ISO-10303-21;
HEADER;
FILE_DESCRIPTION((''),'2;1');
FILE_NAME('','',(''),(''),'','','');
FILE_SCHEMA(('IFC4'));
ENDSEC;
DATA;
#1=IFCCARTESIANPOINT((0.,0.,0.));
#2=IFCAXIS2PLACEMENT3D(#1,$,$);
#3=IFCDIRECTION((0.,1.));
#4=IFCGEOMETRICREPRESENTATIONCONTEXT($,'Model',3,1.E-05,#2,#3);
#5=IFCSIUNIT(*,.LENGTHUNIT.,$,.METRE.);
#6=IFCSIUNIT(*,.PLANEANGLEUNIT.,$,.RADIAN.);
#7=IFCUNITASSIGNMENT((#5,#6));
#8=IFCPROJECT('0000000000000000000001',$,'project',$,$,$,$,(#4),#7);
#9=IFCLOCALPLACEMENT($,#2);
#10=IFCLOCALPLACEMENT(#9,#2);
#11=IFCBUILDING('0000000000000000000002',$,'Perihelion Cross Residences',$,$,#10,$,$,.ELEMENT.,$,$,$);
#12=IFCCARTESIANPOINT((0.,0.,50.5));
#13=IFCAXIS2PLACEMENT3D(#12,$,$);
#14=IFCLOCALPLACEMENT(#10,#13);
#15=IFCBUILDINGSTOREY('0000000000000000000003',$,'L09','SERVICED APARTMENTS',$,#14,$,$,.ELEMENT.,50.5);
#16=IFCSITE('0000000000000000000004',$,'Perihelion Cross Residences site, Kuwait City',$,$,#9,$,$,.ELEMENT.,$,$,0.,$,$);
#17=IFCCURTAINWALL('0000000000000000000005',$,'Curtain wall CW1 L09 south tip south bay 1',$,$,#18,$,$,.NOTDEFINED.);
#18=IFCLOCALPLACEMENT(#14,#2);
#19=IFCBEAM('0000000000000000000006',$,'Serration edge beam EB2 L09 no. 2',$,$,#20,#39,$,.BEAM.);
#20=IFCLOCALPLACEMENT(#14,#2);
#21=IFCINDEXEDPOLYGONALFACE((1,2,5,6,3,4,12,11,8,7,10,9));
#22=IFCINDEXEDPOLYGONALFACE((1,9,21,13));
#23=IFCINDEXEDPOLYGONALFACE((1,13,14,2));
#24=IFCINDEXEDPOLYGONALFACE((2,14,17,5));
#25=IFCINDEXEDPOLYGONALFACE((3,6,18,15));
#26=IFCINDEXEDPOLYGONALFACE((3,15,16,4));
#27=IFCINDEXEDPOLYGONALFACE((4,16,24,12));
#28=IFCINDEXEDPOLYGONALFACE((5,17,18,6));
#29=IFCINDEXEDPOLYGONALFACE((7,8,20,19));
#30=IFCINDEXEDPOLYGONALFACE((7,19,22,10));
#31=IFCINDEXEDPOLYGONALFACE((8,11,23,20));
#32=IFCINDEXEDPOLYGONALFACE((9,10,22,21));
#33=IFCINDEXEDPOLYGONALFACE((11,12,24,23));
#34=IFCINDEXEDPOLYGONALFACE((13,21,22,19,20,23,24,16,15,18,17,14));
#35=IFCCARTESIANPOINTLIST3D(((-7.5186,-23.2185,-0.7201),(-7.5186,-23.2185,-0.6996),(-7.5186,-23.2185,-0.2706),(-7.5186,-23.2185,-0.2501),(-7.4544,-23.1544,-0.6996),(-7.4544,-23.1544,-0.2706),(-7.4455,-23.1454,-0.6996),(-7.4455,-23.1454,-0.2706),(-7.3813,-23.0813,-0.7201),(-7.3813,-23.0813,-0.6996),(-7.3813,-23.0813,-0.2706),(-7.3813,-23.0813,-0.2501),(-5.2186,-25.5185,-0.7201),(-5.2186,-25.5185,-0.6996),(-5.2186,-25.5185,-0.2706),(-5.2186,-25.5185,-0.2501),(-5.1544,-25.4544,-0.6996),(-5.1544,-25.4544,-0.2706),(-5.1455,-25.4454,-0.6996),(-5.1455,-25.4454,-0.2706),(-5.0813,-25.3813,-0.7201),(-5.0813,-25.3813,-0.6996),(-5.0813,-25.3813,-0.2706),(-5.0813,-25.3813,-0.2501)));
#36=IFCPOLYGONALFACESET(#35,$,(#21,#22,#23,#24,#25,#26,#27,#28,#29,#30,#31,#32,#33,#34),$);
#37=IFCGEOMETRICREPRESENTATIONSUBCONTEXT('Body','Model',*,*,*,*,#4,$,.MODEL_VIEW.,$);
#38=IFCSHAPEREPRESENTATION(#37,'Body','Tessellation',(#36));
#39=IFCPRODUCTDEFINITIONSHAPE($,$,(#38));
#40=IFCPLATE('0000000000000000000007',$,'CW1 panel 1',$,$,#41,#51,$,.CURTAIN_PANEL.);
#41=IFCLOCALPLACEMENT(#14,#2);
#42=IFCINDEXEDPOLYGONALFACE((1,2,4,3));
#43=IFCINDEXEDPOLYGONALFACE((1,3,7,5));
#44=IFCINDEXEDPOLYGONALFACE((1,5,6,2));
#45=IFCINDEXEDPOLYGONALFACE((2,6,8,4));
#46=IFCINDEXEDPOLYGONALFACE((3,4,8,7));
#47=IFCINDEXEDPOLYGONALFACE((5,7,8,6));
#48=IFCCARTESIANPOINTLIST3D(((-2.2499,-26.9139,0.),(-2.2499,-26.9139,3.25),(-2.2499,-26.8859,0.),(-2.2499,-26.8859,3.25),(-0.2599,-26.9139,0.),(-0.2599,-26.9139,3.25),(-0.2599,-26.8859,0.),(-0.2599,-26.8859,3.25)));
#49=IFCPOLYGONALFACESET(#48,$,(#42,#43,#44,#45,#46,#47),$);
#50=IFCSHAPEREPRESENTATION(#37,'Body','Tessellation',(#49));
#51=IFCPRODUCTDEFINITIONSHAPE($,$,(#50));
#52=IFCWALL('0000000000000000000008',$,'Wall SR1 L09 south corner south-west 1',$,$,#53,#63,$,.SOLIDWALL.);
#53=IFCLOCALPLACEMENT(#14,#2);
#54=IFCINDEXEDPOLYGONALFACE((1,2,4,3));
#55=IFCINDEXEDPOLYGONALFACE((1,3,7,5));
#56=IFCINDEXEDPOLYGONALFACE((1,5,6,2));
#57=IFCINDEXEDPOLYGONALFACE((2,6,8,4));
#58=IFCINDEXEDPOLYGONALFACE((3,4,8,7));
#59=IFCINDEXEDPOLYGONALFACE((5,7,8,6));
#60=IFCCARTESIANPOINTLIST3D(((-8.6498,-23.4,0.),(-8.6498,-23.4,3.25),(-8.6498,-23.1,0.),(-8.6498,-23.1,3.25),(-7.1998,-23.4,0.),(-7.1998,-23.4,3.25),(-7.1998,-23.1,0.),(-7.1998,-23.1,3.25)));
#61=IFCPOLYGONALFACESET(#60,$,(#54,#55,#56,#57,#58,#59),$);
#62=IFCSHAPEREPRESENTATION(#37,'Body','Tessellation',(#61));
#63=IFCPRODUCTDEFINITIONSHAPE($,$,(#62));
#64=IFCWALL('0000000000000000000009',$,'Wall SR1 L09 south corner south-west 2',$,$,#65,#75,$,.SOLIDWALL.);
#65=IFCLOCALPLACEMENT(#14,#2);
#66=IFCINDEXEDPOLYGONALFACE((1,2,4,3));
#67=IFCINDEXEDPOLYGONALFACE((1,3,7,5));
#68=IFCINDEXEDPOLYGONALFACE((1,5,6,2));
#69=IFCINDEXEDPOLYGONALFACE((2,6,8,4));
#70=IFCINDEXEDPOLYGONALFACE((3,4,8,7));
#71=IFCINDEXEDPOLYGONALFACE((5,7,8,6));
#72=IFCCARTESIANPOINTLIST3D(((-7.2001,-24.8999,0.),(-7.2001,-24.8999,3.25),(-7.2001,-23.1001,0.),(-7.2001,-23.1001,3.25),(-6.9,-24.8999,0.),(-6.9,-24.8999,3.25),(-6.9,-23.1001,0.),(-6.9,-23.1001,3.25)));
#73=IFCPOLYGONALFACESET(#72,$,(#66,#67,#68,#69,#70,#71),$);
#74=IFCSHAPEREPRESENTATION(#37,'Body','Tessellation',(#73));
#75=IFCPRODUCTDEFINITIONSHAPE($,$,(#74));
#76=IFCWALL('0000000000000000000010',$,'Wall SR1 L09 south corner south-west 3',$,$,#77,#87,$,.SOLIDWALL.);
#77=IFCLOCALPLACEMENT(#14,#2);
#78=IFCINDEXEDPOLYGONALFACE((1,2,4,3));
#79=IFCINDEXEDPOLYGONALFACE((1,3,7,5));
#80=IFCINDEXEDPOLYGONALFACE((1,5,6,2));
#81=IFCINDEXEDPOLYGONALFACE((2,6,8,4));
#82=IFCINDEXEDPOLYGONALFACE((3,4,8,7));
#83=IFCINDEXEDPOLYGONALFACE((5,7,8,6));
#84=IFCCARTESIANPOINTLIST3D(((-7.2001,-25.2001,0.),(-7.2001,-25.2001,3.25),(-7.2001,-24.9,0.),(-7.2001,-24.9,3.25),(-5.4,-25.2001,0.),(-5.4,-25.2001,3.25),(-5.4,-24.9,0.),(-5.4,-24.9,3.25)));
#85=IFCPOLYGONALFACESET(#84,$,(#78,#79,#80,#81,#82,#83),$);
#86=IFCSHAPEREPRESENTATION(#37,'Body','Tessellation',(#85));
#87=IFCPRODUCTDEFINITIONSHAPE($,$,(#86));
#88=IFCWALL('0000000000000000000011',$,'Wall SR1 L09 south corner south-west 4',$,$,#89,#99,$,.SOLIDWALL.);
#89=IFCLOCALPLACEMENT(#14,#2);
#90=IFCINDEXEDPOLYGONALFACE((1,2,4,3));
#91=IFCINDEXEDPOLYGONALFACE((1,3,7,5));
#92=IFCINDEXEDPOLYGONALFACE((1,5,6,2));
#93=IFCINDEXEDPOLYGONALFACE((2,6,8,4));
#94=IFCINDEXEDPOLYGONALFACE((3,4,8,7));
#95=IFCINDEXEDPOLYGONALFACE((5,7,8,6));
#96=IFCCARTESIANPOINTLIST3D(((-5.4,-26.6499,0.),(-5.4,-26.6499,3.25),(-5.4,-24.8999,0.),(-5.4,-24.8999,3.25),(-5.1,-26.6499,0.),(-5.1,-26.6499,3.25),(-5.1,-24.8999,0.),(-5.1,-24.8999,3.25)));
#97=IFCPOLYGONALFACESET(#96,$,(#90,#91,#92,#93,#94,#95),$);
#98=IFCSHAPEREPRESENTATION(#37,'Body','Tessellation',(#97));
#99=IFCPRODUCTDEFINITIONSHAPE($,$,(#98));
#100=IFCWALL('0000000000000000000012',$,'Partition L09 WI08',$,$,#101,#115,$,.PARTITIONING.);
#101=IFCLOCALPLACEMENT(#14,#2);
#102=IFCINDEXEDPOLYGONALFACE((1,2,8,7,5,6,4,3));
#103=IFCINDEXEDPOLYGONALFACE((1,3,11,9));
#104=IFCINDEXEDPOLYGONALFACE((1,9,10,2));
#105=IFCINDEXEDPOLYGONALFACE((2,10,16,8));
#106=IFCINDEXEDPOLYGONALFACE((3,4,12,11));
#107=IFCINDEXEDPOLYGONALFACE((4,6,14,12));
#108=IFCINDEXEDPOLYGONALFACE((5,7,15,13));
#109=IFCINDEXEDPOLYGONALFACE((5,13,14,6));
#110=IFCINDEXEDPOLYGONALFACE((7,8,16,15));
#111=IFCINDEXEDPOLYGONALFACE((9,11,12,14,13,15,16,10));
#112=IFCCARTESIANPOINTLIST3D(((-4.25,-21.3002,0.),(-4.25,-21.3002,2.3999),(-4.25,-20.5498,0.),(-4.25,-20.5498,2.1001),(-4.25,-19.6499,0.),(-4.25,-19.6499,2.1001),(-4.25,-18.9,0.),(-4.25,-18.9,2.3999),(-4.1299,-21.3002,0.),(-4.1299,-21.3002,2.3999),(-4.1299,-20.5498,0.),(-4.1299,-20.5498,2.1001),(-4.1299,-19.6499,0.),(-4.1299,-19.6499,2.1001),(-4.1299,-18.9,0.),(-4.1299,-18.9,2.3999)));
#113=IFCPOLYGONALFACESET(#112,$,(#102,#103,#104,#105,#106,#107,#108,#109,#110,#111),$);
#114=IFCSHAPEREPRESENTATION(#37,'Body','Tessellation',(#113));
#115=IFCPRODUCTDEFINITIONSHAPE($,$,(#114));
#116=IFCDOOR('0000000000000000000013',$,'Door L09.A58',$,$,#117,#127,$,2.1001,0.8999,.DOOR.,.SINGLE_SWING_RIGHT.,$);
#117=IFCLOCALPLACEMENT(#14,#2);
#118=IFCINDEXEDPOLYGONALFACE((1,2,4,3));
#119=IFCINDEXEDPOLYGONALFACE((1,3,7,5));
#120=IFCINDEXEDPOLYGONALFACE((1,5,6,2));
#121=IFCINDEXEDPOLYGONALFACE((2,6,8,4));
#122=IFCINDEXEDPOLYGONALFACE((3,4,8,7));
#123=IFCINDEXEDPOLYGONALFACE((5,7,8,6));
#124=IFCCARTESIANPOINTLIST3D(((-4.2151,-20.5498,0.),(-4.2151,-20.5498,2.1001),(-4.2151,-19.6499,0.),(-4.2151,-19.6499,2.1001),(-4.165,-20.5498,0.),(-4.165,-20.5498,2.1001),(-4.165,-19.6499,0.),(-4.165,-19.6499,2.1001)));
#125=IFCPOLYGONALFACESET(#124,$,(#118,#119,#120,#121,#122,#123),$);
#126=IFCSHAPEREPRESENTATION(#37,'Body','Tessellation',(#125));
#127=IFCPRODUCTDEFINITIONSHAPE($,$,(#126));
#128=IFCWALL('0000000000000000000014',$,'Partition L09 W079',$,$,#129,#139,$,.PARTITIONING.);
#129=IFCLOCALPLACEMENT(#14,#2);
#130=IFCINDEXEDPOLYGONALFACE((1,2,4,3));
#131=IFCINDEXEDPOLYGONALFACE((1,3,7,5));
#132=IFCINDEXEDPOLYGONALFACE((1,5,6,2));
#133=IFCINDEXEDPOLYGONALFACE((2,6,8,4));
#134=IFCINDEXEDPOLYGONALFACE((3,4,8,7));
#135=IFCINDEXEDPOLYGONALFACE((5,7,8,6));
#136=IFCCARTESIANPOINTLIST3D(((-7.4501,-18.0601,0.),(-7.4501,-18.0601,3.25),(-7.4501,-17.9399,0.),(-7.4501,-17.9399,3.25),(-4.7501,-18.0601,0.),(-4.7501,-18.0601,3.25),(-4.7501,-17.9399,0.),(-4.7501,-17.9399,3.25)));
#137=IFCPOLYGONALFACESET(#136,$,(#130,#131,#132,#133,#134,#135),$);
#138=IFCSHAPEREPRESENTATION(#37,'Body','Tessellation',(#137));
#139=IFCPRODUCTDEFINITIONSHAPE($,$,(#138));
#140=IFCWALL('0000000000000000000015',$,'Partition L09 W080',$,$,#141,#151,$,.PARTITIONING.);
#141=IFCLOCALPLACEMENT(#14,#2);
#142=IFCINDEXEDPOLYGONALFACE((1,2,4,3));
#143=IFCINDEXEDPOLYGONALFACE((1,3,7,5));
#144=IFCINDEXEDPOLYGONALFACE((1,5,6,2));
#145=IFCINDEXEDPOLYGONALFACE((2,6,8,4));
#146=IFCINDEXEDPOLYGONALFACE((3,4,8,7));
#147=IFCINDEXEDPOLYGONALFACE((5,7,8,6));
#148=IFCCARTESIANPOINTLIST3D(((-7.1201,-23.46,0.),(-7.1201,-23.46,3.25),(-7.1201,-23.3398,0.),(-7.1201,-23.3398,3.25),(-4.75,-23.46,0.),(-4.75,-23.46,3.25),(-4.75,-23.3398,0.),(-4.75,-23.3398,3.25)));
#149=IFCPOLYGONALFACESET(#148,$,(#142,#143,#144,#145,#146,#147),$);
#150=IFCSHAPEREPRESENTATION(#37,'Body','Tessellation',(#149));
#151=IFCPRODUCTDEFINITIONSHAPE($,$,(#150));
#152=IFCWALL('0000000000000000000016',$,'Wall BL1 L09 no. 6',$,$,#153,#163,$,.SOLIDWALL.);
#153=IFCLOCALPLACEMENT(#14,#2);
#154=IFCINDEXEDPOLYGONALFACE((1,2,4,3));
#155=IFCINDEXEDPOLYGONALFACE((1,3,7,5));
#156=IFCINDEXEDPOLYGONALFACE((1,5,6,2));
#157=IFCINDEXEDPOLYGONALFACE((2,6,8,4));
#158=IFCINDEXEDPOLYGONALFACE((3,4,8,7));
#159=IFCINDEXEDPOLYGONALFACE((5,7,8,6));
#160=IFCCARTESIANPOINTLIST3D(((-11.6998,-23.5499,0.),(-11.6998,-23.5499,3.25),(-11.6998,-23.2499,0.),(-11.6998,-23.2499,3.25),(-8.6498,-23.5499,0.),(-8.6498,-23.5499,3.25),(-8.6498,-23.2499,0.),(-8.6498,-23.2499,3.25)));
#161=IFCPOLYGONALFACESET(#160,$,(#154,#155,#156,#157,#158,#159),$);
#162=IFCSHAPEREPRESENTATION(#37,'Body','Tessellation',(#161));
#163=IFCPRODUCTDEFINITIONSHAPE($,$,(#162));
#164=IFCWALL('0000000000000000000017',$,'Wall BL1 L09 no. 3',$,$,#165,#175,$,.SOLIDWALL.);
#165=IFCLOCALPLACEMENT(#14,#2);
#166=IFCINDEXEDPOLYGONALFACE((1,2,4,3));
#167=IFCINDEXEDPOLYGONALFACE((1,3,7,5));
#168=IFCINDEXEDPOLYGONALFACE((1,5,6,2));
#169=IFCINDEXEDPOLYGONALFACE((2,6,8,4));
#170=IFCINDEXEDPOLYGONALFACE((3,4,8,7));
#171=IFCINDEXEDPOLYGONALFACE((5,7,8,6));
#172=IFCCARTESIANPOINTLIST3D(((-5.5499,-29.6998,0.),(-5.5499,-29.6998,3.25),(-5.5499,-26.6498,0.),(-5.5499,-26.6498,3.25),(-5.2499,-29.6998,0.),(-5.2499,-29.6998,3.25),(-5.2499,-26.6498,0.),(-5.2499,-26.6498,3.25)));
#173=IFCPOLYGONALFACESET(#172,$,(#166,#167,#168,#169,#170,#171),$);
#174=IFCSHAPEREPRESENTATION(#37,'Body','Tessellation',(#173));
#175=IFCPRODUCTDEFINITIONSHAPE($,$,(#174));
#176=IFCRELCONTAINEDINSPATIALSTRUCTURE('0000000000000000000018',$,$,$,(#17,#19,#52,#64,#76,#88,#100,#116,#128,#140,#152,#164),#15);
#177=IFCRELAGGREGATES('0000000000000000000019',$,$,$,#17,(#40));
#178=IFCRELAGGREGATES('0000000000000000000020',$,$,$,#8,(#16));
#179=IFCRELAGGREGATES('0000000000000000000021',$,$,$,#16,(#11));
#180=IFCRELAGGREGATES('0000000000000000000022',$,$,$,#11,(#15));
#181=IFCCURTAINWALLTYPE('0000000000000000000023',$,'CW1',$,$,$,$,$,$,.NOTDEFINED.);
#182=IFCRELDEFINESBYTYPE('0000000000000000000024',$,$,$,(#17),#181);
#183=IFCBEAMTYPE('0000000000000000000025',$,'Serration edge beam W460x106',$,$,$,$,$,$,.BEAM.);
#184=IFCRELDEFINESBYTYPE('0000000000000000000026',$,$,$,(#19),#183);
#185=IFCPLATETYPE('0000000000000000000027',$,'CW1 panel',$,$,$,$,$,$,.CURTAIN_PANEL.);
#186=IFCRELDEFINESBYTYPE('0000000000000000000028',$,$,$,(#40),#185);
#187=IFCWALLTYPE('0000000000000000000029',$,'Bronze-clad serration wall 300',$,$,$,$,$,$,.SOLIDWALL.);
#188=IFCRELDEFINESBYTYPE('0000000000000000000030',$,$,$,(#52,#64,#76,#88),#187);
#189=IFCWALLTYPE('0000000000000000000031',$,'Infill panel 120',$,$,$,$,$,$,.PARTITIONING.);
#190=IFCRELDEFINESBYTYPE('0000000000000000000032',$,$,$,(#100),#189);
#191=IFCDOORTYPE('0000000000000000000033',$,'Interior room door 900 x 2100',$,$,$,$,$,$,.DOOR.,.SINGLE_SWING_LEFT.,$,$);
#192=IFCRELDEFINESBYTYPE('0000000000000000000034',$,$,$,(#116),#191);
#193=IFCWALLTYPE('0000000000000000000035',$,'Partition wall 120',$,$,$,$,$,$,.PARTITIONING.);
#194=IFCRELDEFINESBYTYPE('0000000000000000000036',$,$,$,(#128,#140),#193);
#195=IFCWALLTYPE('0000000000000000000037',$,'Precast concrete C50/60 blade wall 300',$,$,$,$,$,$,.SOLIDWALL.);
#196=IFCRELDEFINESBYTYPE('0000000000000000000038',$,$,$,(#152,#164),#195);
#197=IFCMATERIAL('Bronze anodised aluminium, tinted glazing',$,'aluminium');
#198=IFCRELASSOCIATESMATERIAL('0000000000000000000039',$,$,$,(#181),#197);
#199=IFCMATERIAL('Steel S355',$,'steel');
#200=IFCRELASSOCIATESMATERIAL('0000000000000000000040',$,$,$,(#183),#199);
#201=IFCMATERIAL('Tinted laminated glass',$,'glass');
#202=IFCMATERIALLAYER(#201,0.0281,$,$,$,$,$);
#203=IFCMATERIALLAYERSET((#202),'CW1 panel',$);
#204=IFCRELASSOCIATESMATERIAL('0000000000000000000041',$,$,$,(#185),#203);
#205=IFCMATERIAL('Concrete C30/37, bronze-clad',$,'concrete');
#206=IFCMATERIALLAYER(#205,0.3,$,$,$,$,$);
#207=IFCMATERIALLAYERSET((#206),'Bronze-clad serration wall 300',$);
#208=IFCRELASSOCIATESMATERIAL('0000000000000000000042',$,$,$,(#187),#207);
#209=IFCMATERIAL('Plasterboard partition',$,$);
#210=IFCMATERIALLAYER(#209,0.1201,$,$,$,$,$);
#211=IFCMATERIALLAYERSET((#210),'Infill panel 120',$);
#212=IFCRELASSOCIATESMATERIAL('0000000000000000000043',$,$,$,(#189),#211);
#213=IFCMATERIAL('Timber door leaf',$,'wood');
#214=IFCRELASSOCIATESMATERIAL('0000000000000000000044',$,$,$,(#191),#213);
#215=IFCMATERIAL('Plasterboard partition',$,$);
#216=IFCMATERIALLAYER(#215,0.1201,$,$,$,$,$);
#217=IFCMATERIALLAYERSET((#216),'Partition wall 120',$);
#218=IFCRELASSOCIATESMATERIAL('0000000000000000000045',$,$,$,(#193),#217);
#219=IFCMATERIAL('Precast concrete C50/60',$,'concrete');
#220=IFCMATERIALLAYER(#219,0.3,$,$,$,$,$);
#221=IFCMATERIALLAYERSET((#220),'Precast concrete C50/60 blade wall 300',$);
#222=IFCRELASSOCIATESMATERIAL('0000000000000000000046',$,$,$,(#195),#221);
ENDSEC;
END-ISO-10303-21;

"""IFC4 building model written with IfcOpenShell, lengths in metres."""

from ifc_helpers import new_model, si_unit, direction, frame, frame_2d, origin, origin_2d, place, context, subcontext, project, spatial, rectangle, i_section, extrude, material, layer, layer_set, material_profile, profile_set, type_object, element, fill, aggregate, save


model = new_model("IFC4")

# Units and contexts
model_context = context("Model", 3, precision=1e-05, world=origin(), true_north=direction((0.0, 1.0)))
body_context = subcontext(model_context, "Body", "Model", "MODEL_VIEW")
ifc_project = project(units=[si_unit("LENGTHUNIT", "METRE"), si_unit("PLANEANGLEUNIT", "RADIAN")], contexts=[model_context])

# Site, building, storey
site_placement = place(None, origin())
site = spatial("IfcSite", under=ifc_project, at=site_placement, Name="Perihelion Cross Residences site, Kuwait City", CompositionType="ELEMENT", RefElevation=0.0)
building_placement = place(site_placement, origin())
building = spatial("IfcBuilding", under=site, at=building_placement, Name="Perihelion Cross Residences", CompositionType="ELEMENT")
storey_placement = place(building_placement, frame((0.0, 0.0, 50.5)))
storey = spatial("IfcBuildingStorey", under=building, at=storey_placement, Name="L09", Description="SERVICED APARTMENTS", CompositionType="ELEMENT", Elevation=50.5)

# Curtain wall
ifc_material_1 = material(Name="Bronze anodised aluminium, tinted glazing", Category="aluminium")
curtain_wall_type = type_object("IfcCurtainWallType", Name="CW1", PredefinedType="NOTDEFINED", material=ifc_material_1)
curtain_wall_placement = place(storey_placement, origin())
curtain_wall = element("IfcCurtainWall", 1, at=curtain_wall_placement, inside=storey, type_object=curtain_wall_type, Name="Curtain wall CW1 L09 south tip south bay 1", PredefinedType="NOTDEFINED")

# Beam
ifc_material_2 = material(Name="Steel S355", Category="steel")
ifc_material_profile_1 = material_profile(ifc_material_2, i_section(OverallWidth=0.1941, OverallDepth=0.47, WebThickness=0.0127, FlangeThickness=0.0205, at=origin_2d()), Name="W460x106")
ifc_profile_set_1 = profile_set([ifc_material_profile_1], Name="Steel S355")
beam_type_1 = type_object("IfcBeamType", Name="Serration edge beam W460x106", PredefinedType="BEAM", material=ifc_profile_set_1)
beam_1_placement = place(storey_placement, frame((-7.45, -23.1499, -0.4851), z_axis=(0.707107, -0.707107, 0.0), x_axis=(0.707107, 0.707107, 0.0)))
element("IfcBeam", 2, at=beam_1_placement, inside=storey, type_object=beam_type_1, Name="Serration edge beam EB2 L09 no. 2", PredefinedType="BEAM", context=body_context, shape_type="SweptSolid", body=[
    extrude(i_section(OverallWidth=0.1941, OverallDepth=0.47, WebThickness=0.0127, FlangeThickness=0.0205, at=origin_2d()), origin(), (0.0, 0.0, 1.0), 3.2527),
])

# Plate
ifc_material_3 = material(Name="Tinted laminated glass", Category="glass")
ifc_layer_1 = layer(ifc_material_3, 0.0281)
ifc_layer_set_1 = layer_set([ifc_layer_1], Name="CW1 panel")
plate_type = type_object("IfcPlateType", Name="CW1 panel", PredefinedType="CURTAIN_PANEL", material=ifc_layer_set_1)
plate_placement = place(storey_placement, frame((-1.2549, -26.8999, 0.0), z_axis=(0.0, 0.0, 1.0), x_axis=(1.0, 0.0, 0.0)))
plate = element("IfcPlate", 3, at=plate_placement, type_object=plate_type, Name="CW1 panel 1", PredefinedType="CURTAIN_PANEL", context=body_context, shape_type="SweptSolid", body=[
    extrude(rectangle(XDim=1.99, YDim=0.0281, at=origin_2d()), origin(), (0.0, 0.0, 1.0), 3.25),
])
aggregate(curtain_wall, [plate])

# Walls
ifc_material_4 = material(Name="Concrete C30/37, bronze-clad", Category="concrete")
ifc_layer_2 = layer(ifc_material_4, 0.3)
ifc_layer_set_2 = layer_set([ifc_layer_2], Name="Bronze-clad serration wall 300")
wall_type_1 = type_object("IfcWallType", Name="Bronze-clad serration wall 300", PredefinedType="SOLIDWALL", material=ifc_layer_set_2)
wall_1_placement = place(storey_placement, frame((-8.6499, -23.25, 0.0), z_axis=(0.0, 0.0, 1.0), x_axis=(1.0, 0.0, 0.0)))
element("IfcWall", 4, at=wall_1_placement, inside=storey, type_object=wall_type_1, Name="Wall SR1 L09 south corner south-west 1", PredefinedType="SOLIDWALL", context=body_context, shape_type="SweptSolid", body=[
    extrude(rectangle(XDim=1.45, YDim=0.3, at=frame_2d((0.7251, 0.0))), origin(), (0.0, 0.0, 1.0), 3.25),
])
wall_2_placement = place(storey_placement, frame((-7.05, -23.1001, 0.0), z_axis=(0.0, 0.0, 1.0), x_axis=(0.0, -1.0, 0.0)))
element("IfcWall", 5, at=wall_2_placement, inside=storey, type_object=wall_type_1, Name="Wall SR1 L09 south corner south-west 2", PredefinedType="SOLIDWALL", context=body_context, shape_type="SweptSolid", body=[
    extrude(rectangle(XDim=1.7998, YDim=0.3, at=frame_2d((0.8999, 0.0))), origin(), (0.0, 0.0, 1.0), 3.25),
])
wall_3_placement = place(storey_placement, frame((-7.2, -25.05, 0.0), z_axis=(0.0, 0.0, 1.0), x_axis=(1.0, 0.0, 0.0)))
element("IfcWall", 6, at=wall_3_placement, inside=storey, type_object=wall_type_1, Name="Wall SR1 L09 south corner south-west 3", PredefinedType="SOLIDWALL", context=body_context, shape_type="SweptSolid", body=[
    extrude(rectangle(XDim=1.8, YDim=0.3, at=frame_2d((0.8999, 0.0))), origin(), (0.0, 0.0, 1.0), 3.25),
])
wall_4_placement = place(storey_placement, frame((-5.25, -24.8999, 0.0), z_axis=(0.0, 0.0, 1.0), x_axis=(0.0, -1.0, 0.0)))
element("IfcWall", 7, at=wall_4_placement, inside=storey, type_object=wall_type_1, Name="Wall SR1 L09 south corner south-west 4", PredefinedType="SOLIDWALL", context=body_context, shape_type="SweptSolid", body=[
    extrude(rectangle(XDim=1.75, YDim=0.3, at=frame_2d((0.875, 0.0))), origin(), (0.0, 0.0, 1.0), 3.25),
])

# Wall, opening, door
ifc_material_5 = material(Name="Plasterboard partition")
ifc_layer_3 = layer(ifc_material_5, 0.1201)
ifc_layer_set_3 = layer_set([ifc_layer_3], Name="Infill panel 120")
wall_type_2 = type_object("IfcWallType", Name="Infill panel 120", PredefinedType="PARTITIONING", material=ifc_layer_set_3)
wall_5_placement = place(storey_placement, frame((-4.1899, -18.8999, 0.0), z_axis=(0.0, 0.0, 1.0), x_axis=(0.0, -1.0, 0.0)))
wall_5 = element("IfcWall", 8, at=wall_5_placement, inside=storey, type_object=wall_type_2, Name="Partition L09 WI08", PredefinedType="PARTITIONING", context=body_context, shape_type="SweptSolid", body=[
    extrude(rectangle(XDim=2.4001, YDim=0.1201, at=frame_2d((1.2002, 0.0))), origin(), (0.0, 0.0, 1.0), 2.3999),
])
opening_1_placement = place(wall_5_placement, frame((0.75, 0.0, 0.0)))
opening_1 = element("IfcOpeningElement", 9, at=opening_1_placement, cuts=wall_5, PredefinedType="OPENING", context=body_context, shape_type="SweptSolid", body=[
    extrude(rectangle(XDim=0.8999, YDim=2.1001, at=frame_2d((0.45, 1.05))), frame((0.0, 0.0701, 0.0), z_axis=(0.0, -1.0, 0.0), x_axis=(1.0, 0.0, 0.0)), (0.0, 0.0, 1.0), 0.1401),
])
ifc_material_6 = material(Name="Timber door leaf", Category="wood")
door_type_1 = type_object("IfcDoorType", Name="Interior room door 900 x 2100", OperationType="SINGLE_SWING_LEFT", PredefinedType="DOOR", material=ifc_material_6)
door_1_placement = place(opening_1_placement, origin())
door_1 = element("IfcDoor", 10, at=door_1_placement, inside=storey, type_object=door_type_1, Name="Door L09.A58", OperationType="SINGLE_SWING_RIGHT", OverallHeight=2.1001, OverallWidth=0.8999, PredefinedType="DOOR", context=body_context, shape_type="SweptSolid", body=[
    extrude(rectangle(XDim=0.8999, YDim=2.1001, at=frame_2d((0.45, 1.05))), frame((0.0, 0.0249, 0.0), z_axis=(0.0, -1.0, 0.0), x_axis=(1.0, 0.0, 0.0)), (0.0, 0.0, 1.0), 0.05),
])
fill(opening_1, door_1)

# Walls
ifc_material_7 = material(Name="Plasterboard partition")
ifc_layer_4 = layer(ifc_material_7, 0.1201)
ifc_layer_set_4 = layer_set([ifc_layer_4], Name="Partition wall 120")
wall_type_3 = type_object("IfcWallType", Name="Partition wall 120", PredefinedType="PARTITIONING", material=ifc_layer_set_4)
wall_6_placement = place(storey_placement, frame((-4.75, -18.0, 0.0), z_axis=(0.0, 0.0, 1.0), x_axis=(-1.0, 0.0, 0.0)))
element("IfcWall", 11, at=wall_6_placement, inside=storey, type_object=wall_type_3, Name="Partition L09 W079", PredefinedType="PARTITIONING", context=body_context, shape_type="SweptSolid", body=[
    extrude(rectangle(XDim=2.7, YDim=0.1201, at=frame_2d((1.3501, 0.0))), origin(), (0.0, 0.0, 1.0), 3.25),
])
wall_7_placement = place(storey_placement, frame((-4.75, -23.3999, 0.0), z_axis=(0.0, 0.0, 1.0), x_axis=(-1.0, 0.0, 0.0)))
element("IfcWall", 12, at=wall_7_placement, inside=storey, type_object=wall_type_3, Name="Partition L09 W080", PredefinedType="PARTITIONING", context=body_context, shape_type="SweptSolid", body=[
    extrude(rectangle(XDim=2.3701, YDim=0.1201, at=frame_2d((1.1851, 0.0))), origin(), (0.0, 0.0, 1.0), 3.25),
])
ifc_material_8 = material(Name="Precast concrete C50/60", Category="concrete")
ifc_layer_5 = layer(ifc_material_8, 0.3)
ifc_layer_set_5 = layer_set([ifc_layer_5], Name="Precast concrete C50/60 blade wall 300")
wall_type_4 = type_object("IfcWallType", Name="Precast concrete C50/60 blade wall 300", PredefinedType="SOLIDWALL", material=ifc_layer_set_5)
for number, where, z_axis, x_axis, name in (
    (13, (-8.6499, -23.3999, 0.0), (0.0, 0.0, 1.0), (-1.0, 0.0, 0.0), "Wall BL1 L09 no. 6"),
    (14, (-5.3999, -26.6499, 0.0), (0.0, 0.0, 1.0), (0.0, -1.0, 0.0), "Wall BL1 L09 no. 3"),
):
    element("IfcWall", number, at=place(storey_placement, frame(where, z_axis=z_axis, x_axis=x_axis)), inside=storey, type_object=wall_type_4, Name=name, PredefinedType="SOLIDWALL", context=body_context, shape_type="SweptSolid", body=[
        extrude(rectangle(XDim=3.05, YDim=0.3, at=frame_2d((1.5249, 0.0))), origin(), (0.0, 0.0, 1.0), 3.25),
    ])

save(model, "model.ifc")
